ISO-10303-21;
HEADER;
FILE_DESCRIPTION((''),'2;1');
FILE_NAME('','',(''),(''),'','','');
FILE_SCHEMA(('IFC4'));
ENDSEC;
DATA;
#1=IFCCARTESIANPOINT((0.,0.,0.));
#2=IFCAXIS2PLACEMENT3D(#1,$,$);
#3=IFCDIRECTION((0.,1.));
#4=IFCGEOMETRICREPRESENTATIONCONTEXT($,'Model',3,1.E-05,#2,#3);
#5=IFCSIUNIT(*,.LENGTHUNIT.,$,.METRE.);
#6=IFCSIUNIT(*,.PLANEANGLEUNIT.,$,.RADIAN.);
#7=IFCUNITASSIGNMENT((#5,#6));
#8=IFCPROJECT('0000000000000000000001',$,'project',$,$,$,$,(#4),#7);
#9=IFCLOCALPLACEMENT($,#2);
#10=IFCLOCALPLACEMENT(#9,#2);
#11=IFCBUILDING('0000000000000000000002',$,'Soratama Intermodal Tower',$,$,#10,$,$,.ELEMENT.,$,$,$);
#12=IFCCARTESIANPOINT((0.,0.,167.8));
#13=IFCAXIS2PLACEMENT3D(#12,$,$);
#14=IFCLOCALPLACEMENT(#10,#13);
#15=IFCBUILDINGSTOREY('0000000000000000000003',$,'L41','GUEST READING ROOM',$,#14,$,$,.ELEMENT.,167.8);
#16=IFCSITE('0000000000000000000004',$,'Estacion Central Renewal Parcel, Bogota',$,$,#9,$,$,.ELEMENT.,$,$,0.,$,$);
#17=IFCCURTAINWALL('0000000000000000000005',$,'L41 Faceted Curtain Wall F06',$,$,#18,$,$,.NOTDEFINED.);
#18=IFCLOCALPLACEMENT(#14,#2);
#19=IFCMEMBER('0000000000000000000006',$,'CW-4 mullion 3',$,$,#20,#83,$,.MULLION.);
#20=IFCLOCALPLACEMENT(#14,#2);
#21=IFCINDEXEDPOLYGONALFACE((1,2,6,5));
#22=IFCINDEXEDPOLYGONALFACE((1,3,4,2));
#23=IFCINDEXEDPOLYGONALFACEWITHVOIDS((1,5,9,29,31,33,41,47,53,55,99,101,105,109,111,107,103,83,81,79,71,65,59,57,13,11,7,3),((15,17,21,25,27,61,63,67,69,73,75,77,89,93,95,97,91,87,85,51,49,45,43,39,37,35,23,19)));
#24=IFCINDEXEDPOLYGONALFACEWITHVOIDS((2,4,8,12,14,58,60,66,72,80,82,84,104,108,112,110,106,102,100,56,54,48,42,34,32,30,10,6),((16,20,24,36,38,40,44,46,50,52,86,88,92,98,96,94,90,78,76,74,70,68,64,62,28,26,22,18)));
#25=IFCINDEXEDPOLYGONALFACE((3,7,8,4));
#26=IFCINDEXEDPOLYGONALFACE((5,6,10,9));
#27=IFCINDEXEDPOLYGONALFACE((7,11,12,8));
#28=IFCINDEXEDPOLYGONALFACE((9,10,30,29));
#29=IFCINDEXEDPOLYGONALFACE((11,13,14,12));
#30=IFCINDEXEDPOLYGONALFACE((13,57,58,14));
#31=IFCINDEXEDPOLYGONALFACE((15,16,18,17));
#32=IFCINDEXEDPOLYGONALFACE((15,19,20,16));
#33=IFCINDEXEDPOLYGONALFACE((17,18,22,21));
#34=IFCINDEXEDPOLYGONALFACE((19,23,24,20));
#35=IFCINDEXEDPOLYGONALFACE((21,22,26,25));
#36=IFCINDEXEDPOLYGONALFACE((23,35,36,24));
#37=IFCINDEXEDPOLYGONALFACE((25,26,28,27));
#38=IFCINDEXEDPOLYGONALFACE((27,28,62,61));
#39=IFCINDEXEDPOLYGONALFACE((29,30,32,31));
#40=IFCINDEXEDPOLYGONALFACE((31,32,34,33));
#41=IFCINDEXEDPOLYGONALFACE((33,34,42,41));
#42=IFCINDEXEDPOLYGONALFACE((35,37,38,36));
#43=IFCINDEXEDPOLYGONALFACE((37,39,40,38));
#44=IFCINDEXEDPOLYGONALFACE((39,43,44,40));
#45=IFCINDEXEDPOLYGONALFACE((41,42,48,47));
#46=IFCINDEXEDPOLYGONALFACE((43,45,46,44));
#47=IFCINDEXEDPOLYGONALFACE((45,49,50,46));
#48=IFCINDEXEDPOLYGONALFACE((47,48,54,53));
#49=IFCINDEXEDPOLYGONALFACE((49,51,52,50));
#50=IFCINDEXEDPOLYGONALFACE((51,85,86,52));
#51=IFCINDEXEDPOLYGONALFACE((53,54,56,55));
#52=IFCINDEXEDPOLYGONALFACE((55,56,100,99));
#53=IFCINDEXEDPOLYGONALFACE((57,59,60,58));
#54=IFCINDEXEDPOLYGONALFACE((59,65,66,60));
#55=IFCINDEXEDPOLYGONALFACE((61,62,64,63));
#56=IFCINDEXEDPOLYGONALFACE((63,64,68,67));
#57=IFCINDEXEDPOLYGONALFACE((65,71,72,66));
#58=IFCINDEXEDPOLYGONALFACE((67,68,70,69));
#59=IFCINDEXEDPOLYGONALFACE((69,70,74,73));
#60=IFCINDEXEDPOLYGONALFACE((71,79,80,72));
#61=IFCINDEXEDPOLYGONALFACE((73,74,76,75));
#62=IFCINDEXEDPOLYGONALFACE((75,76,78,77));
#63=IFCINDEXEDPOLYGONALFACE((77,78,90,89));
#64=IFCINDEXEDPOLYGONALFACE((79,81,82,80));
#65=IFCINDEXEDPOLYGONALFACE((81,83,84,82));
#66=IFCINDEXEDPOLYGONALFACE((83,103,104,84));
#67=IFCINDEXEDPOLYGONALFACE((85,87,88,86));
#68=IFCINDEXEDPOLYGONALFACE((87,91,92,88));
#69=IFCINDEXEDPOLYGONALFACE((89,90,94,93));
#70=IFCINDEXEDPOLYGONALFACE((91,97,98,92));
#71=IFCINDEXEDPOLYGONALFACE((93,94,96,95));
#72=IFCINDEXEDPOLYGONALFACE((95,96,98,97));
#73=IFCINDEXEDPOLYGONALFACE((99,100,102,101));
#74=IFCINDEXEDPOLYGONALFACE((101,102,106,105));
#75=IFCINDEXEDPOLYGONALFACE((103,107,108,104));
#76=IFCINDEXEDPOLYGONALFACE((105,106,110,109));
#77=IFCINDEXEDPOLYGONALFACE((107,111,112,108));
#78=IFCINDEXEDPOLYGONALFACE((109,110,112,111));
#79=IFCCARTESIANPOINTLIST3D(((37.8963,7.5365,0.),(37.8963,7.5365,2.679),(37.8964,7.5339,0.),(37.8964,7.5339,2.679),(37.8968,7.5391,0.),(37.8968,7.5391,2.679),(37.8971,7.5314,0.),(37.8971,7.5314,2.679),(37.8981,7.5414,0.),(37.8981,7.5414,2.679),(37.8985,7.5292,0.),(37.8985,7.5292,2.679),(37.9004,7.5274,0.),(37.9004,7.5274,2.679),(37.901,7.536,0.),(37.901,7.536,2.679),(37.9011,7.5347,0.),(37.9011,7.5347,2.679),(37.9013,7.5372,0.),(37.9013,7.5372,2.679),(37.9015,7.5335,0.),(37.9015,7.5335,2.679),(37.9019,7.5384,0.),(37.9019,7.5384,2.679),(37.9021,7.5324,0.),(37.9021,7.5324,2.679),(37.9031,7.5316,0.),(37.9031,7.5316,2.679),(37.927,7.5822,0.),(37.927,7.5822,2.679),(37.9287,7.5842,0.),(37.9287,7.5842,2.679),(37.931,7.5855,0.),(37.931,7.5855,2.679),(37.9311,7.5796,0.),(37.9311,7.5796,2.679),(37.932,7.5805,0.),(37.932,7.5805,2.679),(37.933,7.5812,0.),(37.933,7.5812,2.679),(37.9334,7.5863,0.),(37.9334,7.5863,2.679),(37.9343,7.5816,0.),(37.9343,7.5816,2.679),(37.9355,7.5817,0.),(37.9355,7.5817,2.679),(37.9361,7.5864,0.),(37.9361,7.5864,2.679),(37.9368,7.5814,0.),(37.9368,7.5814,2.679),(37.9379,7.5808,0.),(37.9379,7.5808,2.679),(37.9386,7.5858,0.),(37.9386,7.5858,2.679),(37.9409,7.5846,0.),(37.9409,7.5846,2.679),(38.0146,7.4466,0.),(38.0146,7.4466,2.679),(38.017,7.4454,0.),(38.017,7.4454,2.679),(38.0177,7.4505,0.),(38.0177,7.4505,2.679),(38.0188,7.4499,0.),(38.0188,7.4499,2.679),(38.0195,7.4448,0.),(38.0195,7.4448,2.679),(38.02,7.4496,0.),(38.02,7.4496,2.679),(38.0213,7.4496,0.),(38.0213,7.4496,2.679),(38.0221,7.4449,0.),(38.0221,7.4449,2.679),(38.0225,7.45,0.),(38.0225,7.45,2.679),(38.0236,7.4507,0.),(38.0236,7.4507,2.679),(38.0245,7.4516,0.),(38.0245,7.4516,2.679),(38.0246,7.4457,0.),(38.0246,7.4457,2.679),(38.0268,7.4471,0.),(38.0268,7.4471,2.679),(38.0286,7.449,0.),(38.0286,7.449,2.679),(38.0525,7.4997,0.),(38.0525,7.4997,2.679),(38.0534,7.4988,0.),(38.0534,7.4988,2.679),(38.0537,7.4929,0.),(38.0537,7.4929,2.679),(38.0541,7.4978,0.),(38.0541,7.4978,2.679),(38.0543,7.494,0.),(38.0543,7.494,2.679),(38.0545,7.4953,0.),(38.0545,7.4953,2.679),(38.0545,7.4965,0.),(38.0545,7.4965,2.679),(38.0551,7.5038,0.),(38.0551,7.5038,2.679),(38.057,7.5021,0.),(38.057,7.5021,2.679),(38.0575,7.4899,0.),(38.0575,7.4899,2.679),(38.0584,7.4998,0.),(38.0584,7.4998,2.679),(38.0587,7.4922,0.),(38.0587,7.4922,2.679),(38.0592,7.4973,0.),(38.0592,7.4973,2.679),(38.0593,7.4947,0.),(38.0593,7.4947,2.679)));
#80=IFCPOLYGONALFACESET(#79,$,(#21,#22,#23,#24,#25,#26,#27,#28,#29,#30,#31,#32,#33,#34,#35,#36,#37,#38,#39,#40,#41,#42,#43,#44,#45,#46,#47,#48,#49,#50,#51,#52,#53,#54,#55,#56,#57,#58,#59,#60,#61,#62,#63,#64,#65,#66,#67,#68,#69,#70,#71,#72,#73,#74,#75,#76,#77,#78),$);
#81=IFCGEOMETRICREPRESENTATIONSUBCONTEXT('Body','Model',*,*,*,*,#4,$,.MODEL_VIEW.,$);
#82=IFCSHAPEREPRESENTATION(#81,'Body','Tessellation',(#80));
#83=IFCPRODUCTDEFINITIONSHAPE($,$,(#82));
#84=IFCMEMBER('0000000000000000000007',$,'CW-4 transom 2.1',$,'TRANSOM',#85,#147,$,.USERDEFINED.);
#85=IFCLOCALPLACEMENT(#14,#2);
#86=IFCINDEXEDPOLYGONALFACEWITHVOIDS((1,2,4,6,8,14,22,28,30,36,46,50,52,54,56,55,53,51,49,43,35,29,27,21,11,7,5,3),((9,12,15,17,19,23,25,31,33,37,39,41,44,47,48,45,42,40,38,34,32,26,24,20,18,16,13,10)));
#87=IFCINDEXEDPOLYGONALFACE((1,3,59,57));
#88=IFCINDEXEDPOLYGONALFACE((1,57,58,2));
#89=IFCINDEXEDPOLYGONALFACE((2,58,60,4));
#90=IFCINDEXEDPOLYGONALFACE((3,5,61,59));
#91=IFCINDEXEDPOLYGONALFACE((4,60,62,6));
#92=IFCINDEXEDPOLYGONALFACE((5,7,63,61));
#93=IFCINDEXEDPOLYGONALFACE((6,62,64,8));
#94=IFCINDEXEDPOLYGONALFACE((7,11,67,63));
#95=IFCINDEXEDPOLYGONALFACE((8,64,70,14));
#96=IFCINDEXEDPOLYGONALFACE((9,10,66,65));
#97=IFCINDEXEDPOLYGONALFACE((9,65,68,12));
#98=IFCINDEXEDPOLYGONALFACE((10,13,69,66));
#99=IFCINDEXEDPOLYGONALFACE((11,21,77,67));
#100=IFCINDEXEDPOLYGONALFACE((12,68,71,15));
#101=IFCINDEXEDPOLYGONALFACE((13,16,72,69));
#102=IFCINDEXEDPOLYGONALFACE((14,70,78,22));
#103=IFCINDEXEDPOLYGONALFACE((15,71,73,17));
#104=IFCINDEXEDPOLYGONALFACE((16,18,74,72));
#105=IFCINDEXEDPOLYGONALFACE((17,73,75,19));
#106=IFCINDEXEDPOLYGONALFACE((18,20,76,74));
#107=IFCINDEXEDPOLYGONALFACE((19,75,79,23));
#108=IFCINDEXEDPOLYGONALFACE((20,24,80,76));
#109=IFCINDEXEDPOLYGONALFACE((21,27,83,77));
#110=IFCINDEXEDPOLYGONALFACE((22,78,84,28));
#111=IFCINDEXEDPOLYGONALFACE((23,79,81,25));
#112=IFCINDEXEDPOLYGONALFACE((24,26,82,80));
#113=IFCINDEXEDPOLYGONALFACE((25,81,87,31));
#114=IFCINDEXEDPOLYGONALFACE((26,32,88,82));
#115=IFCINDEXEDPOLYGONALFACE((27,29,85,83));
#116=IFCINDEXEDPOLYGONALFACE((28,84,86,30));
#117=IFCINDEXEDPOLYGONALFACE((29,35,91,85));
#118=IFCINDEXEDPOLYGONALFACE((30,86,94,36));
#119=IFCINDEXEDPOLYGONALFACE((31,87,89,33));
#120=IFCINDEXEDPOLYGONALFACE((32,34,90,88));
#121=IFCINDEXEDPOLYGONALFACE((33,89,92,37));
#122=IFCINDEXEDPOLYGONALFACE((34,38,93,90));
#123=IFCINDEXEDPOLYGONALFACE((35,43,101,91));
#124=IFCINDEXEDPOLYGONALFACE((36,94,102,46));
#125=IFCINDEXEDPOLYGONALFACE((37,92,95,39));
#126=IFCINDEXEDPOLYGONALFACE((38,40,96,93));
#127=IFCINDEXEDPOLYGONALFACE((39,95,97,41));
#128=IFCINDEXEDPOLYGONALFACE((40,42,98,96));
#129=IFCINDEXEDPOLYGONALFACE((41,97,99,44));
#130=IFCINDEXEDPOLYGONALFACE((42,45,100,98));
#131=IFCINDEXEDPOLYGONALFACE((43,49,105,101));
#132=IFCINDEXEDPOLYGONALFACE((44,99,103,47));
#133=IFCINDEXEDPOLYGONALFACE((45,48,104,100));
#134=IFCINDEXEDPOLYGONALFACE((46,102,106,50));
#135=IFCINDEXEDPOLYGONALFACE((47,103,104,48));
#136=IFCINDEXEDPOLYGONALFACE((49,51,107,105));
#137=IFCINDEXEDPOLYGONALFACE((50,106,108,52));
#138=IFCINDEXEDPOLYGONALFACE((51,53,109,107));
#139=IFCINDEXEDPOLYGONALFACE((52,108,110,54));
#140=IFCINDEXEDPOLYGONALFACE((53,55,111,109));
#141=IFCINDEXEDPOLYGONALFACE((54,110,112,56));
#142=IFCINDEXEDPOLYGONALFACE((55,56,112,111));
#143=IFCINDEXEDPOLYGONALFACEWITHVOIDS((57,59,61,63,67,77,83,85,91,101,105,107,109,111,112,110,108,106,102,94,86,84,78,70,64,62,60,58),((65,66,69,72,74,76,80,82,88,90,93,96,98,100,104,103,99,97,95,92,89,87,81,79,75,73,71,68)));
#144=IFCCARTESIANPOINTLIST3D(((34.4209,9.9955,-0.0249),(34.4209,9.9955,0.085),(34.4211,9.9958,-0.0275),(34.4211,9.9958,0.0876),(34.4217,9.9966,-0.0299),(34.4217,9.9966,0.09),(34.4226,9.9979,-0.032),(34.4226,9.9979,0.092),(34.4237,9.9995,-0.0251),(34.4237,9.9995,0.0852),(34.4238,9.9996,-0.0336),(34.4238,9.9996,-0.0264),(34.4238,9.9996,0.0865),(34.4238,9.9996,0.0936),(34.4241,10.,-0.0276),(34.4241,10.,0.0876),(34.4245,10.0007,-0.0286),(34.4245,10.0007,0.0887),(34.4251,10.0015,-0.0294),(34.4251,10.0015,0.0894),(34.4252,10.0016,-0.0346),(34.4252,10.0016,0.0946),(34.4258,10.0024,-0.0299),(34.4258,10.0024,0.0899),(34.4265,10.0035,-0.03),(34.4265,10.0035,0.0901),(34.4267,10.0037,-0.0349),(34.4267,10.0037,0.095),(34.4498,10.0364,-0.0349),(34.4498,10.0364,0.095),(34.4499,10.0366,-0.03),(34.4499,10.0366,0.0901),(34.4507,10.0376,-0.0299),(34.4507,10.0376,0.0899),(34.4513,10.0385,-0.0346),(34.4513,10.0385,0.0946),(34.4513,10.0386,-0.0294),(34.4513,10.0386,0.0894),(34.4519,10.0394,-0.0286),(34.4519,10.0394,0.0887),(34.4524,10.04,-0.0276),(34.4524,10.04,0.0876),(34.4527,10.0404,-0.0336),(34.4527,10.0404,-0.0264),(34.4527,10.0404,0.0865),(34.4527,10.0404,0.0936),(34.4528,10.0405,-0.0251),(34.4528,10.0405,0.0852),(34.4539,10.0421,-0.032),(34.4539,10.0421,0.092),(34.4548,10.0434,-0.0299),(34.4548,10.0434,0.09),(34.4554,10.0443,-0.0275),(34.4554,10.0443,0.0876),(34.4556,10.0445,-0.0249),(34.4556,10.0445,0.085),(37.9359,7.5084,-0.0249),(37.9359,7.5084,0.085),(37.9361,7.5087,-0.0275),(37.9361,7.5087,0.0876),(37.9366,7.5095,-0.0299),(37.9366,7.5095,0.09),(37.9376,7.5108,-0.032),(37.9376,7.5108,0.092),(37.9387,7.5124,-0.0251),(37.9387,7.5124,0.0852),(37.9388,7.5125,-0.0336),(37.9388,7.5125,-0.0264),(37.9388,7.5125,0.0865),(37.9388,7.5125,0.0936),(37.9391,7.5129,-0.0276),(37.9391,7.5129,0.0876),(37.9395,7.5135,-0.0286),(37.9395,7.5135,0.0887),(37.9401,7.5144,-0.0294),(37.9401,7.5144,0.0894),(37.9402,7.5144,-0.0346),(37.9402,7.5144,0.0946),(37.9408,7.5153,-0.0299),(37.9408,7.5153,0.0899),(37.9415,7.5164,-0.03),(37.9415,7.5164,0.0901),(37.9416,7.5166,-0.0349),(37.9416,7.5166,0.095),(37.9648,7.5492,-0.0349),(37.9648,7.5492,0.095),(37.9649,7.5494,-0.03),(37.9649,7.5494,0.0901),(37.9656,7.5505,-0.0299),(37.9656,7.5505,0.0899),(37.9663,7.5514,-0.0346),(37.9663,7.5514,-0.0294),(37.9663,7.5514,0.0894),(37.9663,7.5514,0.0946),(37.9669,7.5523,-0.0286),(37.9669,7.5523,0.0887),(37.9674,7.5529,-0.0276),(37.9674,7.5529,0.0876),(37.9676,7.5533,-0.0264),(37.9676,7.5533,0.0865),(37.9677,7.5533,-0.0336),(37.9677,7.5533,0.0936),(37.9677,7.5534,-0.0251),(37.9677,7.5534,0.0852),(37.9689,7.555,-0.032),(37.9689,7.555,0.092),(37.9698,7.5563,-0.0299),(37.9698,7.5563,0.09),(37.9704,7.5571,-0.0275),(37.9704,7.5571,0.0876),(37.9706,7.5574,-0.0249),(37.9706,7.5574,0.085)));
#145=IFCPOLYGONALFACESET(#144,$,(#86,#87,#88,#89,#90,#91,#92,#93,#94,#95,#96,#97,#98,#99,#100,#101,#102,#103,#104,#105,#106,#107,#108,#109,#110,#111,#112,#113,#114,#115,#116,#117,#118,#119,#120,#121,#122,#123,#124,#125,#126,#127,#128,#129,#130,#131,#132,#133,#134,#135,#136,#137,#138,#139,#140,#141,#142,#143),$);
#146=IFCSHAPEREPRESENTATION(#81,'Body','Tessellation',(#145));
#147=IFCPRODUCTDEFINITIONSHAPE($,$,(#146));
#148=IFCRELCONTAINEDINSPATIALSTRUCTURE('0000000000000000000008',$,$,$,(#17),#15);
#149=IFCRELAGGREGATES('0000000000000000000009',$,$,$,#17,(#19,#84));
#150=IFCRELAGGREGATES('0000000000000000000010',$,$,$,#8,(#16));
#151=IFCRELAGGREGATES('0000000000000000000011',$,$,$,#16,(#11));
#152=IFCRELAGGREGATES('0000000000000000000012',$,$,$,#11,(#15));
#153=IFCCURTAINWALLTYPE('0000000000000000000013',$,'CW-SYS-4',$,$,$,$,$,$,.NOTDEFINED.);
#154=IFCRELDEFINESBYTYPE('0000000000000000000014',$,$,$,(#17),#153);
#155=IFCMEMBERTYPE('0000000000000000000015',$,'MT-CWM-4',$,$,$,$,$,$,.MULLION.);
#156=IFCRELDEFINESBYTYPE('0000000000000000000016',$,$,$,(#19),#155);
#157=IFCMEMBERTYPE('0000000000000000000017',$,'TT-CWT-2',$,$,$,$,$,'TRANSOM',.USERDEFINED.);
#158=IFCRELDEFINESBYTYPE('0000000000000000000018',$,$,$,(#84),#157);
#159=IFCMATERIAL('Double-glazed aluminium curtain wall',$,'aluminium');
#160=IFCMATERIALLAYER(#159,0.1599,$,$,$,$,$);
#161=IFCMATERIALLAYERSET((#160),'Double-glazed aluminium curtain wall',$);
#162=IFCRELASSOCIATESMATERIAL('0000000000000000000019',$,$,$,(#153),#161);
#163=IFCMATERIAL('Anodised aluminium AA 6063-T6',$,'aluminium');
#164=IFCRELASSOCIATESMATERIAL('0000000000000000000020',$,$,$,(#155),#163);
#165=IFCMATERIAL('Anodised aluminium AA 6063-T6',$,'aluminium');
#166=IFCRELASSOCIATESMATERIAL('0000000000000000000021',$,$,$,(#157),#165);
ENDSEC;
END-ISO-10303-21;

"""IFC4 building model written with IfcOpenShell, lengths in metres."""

from ifc_helpers import new_model, si_unit, direction, frame, origin, origin_2d, place, context, subcontext, project, spatial, hollow_rectangle, extrude, material, layer, layer_set, material_profile, profile_set, type_object, element, aggregate, save


model = new_model("IFC4")

# Units and contexts
model_context = context("Model", 3, precision=1e-05, world=origin(), true_north=direction((0.0, 1.0)))
body_context = subcontext(model_context, "Body", "Model", "MODEL_VIEW")
ifc_project = project(units=[si_unit("LENGTHUNIT", "METRE"), si_unit("PLANEANGLEUNIT", "RADIAN")], contexts=[model_context])

# Site, building, storey
site_placement = place(None, origin())
site = spatial("IfcSite", under=ifc_project, at=site_placement, Name="Estacion Central Renewal Parcel, Bogota", CompositionType="ELEMENT", RefElevation=0.0)
building_placement = place(site_placement, origin())
building = spatial("IfcBuilding", under=site, at=building_placement, Name="Soratama Intermodal Tower", CompositionType="ELEMENT")
storey_placement = place(building_placement, frame((0.0, 0.0, 167.8)))
storey = spatial("IfcBuildingStorey", under=building, at=storey_placement, Name="L41", Description="GUEST READING ROOM", CompositionType="ELEMENT", Elevation=167.8)

# Curtain wall, members
ifc_material_1 = material(Name="Double-glazed aluminium curtain wall", Category="aluminium")
ifc_layer_1 = layer(ifc_material_1, 0.1599)
ifc_layer_set_1 = layer_set([ifc_layer_1], Name="Double-glazed aluminium curtain wall")
curtain_wall_type = type_object("IfcCurtainWallType", Name="CW-SYS-4", PredefinedType="NOTDEFINED", material=ifc_layer_set_1)
curtain_wall_placement = place(storey_placement, origin())
curtain_wall = element("IfcCurtainWall", 1, at=curtain_wall_placement, inside=storey, type_object=curtain_wall_type, Name="L41 Faceted Curtain Wall F06", PredefinedType="NOTDEFINED")
ifc_material_2 = material(Name="Anodised aluminium AA 6063-T6", Category="aluminium")
ifc_material_profile_1 = material_profile(ifc_material_2, hollow_rectangle(XDim=0.0701, YDim=0.1599, WallThickness=0.0049, InnerFilletRadius=0.0049, OuterFilletRadius=0.01, at=origin_2d()), Name="CWM160X70X5")
ifc_profile_set_1 = profile_set([ifc_material_profile_1], Name="Anodised aluminium AA 6063-T6")
member_type_1 = type_object("IfcMemberType", Name="MT-CWM-4", PredefinedType="MULLION", material=ifc_profile_set_1)
member_1_placement = place(storey_placement, frame((37.9778, 7.5156, 0.0), z_axis=(0.0, 0.0, 1.0), x_axis=(0.577564, 0.816345, 0.0)))
member_1 = element("IfcMember", 2, at=member_1_placement, type_object=member_type_1, Name="CW-4 mullion 3", PredefinedType="MULLION", context=body_context, shape_type="SweptSolid", body=[
    extrude(hollow_rectangle(XDim=0.0701, YDim=0.1599, WallThickness=0.0049, InnerFilletRadius=0.0049, OuterFilletRadius=0.01, at=origin_2d()), origin(), (0.0, 0.0, 1.0), 2.679),
])
ifc_material_3 = material(Name="Anodised aluminium AA 6063-T6", Category="aluminium")
ifc_material_profile_2 = material_profile(ifc_material_3, hollow_rectangle(XDim=0.0601, YDim=0.1299, WallThickness=0.0049, InnerFilletRadius=0.0049, OuterFilletRadius=0.01, at=origin_2d()), Name="CWT130X60X5")
ifc_profile_set_2 = profile_set([ifc_material_profile_2], Name="Anodised aluminium AA 6063-T6")
member_type_2 = type_object("IfcMemberType", Name="TT-CWT-2", ElementType="TRANSOM", PredefinedType="USERDEFINED", material=ifc_profile_set_2)
member_2_placement = place(storey_placement, frame((34.4382, 10.02, 0.03), z_axis=(0.816315, -0.577607, 0.0), x_axis=(0.577607, 0.816315, 0.0)))
member_2 = element("IfcMember", 3, at=member_2_placement, type_object=member_type_2, Name="CW-4 transom 2.1", ObjectType="TRANSOM", PredefinedType="USERDEFINED", context=body_context, shape_type="SweptSolid", body=[
    extrude(hollow_rectangle(XDim=0.0601, YDim=0.1299, WallThickness=0.0049, InnerFilletRadius=0.0049, OuterFilletRadius=0.01, at=origin_2d()), origin(), (0.0, 0.0, 1.0), 4.3059),
])
aggregate(curtain_wall, [member_1, member_2])

save(model, "model.ifc")
